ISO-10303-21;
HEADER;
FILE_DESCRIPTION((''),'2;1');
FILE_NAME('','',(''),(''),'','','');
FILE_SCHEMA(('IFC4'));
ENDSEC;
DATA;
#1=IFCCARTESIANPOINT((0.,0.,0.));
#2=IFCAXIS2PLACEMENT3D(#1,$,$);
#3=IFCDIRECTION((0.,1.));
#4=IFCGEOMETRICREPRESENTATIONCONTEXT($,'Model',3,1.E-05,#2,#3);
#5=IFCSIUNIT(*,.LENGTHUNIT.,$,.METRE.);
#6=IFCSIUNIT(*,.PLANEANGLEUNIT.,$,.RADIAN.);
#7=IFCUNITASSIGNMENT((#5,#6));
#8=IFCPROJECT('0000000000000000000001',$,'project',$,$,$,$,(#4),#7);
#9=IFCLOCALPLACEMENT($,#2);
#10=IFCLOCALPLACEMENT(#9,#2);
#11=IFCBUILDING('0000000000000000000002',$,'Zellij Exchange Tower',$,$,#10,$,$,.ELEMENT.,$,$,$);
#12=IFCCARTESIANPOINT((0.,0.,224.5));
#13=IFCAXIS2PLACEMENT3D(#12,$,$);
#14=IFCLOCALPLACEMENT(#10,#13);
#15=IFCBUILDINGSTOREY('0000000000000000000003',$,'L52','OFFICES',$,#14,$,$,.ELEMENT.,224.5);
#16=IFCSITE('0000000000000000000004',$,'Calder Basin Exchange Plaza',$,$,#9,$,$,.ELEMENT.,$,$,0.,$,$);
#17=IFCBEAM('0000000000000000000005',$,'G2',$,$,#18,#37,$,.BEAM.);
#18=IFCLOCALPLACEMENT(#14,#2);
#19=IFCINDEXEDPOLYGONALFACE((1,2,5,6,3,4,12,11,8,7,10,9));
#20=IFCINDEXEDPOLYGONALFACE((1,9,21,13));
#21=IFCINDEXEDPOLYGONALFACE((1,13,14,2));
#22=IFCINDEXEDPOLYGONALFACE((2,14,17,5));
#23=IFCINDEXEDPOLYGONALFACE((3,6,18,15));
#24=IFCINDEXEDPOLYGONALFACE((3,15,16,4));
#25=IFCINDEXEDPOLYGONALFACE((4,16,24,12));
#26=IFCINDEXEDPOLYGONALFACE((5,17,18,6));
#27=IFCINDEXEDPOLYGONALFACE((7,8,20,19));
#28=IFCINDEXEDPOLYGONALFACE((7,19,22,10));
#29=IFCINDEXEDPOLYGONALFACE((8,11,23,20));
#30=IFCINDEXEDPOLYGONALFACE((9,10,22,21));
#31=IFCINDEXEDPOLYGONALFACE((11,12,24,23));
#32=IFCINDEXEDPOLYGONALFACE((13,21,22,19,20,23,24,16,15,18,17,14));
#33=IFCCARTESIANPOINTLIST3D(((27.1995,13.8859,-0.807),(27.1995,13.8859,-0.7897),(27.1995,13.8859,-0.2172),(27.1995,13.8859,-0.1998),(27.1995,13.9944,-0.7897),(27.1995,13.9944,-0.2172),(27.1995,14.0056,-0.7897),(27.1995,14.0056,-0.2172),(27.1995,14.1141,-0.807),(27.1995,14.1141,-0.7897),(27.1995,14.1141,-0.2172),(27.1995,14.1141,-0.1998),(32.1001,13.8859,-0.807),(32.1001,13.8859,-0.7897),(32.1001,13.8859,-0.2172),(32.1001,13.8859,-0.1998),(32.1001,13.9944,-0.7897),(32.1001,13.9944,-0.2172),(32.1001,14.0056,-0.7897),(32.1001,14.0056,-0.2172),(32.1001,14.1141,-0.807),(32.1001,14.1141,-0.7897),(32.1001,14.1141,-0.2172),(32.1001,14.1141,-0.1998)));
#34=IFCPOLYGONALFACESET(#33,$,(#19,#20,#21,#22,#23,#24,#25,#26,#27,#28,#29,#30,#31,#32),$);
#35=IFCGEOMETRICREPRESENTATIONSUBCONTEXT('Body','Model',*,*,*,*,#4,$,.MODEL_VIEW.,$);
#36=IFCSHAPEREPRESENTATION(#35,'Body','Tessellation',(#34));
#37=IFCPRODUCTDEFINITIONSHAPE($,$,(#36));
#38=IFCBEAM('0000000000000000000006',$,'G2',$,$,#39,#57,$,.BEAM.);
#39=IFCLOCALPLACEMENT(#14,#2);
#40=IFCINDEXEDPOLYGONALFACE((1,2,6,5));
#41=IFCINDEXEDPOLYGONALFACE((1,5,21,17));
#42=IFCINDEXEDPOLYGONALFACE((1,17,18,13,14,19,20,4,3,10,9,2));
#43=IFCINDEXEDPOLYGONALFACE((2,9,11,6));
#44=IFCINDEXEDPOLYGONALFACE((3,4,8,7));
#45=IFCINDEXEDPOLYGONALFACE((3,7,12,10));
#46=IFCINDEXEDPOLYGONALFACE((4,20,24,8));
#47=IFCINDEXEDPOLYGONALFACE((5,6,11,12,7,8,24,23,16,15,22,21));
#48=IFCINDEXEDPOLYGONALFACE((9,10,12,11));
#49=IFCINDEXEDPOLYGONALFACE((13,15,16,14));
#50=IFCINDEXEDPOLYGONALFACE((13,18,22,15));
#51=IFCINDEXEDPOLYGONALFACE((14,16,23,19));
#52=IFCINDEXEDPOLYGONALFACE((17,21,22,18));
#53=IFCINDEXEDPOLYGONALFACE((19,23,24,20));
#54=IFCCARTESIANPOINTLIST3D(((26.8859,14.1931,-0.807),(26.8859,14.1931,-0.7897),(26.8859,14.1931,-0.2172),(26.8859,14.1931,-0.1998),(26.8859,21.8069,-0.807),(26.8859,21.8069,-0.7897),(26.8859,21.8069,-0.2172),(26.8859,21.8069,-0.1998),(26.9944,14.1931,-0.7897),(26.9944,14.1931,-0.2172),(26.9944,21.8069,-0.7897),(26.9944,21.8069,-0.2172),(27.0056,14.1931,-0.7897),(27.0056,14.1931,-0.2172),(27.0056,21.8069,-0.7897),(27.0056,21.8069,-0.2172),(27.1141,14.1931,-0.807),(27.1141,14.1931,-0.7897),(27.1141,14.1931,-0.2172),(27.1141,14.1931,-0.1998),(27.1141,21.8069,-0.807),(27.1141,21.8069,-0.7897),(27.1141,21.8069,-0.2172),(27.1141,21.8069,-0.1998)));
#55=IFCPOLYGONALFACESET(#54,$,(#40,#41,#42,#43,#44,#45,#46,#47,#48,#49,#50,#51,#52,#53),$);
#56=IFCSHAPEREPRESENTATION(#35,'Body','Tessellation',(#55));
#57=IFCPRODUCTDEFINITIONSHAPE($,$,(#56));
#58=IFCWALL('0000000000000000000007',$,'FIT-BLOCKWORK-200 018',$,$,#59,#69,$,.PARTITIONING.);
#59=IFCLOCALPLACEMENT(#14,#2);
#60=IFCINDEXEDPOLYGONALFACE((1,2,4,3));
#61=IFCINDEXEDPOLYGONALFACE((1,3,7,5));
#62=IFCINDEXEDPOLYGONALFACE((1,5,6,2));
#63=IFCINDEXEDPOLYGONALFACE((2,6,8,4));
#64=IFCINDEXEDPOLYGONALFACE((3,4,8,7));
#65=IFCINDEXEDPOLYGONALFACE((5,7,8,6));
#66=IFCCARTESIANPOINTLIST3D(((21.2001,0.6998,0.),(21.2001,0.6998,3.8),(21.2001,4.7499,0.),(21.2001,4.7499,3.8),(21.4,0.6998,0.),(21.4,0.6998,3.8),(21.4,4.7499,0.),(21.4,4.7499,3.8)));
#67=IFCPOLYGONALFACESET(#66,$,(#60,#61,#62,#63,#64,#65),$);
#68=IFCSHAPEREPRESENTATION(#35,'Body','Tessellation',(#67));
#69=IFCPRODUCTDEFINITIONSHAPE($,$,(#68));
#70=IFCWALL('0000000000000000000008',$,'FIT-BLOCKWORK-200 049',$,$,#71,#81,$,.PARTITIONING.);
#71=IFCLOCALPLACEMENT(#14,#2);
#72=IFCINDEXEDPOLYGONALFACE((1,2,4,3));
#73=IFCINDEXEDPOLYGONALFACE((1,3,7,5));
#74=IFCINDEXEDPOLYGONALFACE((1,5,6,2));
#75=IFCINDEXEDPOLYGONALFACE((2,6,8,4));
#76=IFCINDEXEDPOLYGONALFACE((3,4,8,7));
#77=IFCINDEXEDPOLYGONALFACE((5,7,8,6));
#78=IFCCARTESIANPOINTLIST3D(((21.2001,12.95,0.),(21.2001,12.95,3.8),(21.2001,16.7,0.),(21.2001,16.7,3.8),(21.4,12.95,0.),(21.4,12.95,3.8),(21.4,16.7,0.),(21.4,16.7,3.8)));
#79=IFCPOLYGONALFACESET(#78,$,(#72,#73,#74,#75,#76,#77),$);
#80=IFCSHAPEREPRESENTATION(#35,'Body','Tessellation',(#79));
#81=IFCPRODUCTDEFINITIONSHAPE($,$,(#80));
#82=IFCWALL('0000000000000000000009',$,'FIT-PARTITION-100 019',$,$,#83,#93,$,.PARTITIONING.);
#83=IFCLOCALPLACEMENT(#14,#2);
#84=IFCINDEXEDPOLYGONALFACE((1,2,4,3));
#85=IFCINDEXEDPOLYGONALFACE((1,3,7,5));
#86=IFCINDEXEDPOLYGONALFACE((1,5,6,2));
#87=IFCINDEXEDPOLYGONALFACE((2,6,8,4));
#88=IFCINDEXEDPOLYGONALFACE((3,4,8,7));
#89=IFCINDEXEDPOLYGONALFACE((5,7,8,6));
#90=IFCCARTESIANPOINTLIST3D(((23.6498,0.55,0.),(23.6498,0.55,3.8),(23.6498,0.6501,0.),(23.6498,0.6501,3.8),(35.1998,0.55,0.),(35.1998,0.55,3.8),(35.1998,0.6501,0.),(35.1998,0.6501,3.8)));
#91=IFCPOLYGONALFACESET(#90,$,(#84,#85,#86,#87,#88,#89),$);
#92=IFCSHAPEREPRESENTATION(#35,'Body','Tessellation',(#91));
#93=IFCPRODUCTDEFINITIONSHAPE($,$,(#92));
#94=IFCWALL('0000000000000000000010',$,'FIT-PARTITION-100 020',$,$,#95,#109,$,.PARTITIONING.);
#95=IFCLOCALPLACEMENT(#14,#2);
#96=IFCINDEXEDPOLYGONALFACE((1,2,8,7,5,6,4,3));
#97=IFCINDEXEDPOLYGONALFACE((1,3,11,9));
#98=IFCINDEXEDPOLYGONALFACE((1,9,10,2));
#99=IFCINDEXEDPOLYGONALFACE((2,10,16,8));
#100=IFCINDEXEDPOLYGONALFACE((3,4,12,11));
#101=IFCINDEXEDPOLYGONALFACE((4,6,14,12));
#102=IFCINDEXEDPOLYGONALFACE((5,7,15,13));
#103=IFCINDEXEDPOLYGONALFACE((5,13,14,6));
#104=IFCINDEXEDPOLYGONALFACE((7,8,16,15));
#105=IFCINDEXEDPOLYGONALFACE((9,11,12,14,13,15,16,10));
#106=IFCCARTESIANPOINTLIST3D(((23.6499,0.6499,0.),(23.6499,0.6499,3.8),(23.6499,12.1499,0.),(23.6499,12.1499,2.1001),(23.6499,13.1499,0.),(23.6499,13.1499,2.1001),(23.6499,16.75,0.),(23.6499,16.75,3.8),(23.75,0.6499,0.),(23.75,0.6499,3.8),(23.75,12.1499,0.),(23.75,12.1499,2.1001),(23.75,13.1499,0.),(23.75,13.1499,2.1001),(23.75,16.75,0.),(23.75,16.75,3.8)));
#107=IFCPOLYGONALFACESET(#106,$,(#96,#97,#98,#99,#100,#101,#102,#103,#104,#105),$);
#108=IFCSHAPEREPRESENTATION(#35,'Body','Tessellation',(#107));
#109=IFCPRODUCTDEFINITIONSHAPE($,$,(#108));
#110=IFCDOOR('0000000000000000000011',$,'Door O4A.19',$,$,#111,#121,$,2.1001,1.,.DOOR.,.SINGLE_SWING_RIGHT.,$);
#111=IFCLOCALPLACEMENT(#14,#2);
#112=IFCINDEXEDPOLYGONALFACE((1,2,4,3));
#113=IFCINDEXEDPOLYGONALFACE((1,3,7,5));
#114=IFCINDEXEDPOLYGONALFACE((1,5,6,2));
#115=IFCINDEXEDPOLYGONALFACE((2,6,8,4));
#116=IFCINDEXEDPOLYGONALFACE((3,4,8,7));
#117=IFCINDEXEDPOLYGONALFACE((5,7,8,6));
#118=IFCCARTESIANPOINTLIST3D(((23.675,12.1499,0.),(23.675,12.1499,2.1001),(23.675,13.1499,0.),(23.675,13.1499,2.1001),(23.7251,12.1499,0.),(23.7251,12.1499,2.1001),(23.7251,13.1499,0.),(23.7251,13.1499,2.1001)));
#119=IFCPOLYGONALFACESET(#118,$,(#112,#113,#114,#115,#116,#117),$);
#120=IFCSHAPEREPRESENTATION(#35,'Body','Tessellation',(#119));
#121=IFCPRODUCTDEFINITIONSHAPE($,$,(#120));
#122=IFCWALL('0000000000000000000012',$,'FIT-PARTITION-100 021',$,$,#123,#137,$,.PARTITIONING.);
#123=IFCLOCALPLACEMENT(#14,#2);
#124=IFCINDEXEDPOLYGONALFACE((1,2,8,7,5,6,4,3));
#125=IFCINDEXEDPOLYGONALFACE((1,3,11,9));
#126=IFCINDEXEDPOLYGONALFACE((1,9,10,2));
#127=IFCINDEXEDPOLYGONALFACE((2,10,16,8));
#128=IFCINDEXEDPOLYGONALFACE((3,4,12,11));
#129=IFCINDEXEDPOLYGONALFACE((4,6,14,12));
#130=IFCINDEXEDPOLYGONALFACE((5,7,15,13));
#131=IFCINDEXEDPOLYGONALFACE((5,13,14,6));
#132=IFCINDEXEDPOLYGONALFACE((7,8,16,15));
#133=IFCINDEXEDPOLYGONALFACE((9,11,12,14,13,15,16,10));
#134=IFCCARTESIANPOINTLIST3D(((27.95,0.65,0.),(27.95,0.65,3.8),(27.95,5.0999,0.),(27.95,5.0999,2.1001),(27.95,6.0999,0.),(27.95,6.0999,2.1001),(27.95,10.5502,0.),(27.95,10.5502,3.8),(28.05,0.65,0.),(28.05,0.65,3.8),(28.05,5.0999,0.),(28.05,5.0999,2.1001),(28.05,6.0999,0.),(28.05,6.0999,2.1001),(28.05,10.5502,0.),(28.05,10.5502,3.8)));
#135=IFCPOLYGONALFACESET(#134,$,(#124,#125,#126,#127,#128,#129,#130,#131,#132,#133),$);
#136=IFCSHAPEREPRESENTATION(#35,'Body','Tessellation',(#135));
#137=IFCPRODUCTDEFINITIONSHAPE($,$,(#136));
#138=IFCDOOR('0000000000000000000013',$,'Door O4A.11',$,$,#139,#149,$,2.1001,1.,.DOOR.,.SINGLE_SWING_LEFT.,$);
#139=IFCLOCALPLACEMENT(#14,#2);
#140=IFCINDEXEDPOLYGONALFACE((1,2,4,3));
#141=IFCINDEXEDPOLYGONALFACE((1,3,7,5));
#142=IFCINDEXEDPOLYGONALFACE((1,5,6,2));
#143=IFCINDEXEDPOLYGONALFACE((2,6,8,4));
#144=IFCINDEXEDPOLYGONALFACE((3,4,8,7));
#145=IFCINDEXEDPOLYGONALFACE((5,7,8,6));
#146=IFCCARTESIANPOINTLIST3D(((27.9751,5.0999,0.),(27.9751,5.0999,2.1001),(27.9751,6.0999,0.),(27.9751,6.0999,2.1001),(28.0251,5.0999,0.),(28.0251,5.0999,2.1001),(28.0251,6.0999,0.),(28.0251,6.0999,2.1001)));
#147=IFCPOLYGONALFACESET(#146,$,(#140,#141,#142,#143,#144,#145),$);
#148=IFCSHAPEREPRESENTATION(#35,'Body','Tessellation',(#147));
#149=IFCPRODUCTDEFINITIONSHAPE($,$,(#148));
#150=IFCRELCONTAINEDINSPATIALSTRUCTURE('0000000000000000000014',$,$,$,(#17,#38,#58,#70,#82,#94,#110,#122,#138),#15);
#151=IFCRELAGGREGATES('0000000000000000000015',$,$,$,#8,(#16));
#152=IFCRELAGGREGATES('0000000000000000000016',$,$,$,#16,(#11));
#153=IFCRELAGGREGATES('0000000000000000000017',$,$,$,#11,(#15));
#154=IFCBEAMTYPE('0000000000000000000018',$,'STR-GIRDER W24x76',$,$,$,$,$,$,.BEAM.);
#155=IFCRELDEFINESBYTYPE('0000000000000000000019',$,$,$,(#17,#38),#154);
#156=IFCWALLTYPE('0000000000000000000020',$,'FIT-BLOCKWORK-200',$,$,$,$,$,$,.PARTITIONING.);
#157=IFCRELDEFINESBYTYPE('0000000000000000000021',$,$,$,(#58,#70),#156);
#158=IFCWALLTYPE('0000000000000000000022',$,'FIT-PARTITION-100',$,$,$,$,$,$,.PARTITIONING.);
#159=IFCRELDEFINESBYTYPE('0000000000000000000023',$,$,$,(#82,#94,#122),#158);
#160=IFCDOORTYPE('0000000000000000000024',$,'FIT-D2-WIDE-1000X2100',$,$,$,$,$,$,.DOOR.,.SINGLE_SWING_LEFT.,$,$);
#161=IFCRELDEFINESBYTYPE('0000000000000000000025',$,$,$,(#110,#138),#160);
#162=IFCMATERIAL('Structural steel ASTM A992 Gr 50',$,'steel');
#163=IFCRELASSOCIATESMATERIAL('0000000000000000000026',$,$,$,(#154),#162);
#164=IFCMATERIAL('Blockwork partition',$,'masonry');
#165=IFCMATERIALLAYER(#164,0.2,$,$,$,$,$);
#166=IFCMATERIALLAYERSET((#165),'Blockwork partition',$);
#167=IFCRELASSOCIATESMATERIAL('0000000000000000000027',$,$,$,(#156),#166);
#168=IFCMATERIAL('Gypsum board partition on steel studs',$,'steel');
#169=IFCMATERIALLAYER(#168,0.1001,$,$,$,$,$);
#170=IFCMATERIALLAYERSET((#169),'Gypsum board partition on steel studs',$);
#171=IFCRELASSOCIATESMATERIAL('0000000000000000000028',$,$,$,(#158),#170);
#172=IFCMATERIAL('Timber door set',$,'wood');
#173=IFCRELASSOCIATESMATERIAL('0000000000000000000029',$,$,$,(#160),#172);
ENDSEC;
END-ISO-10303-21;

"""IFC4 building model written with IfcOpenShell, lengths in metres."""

from ifc_helpers import new_model, si_unit, direction, frame, frame_2d, origin, origin_2d, place, context, subcontext, project, spatial, rectangle, i_section, extrude, material, layer, layer_set, material_profile, profile_set, type_object, element, fill, save


model = new_model("IFC4")

# Units and contexts
model_context = context("Model", 3, precision=1e-05, world=origin(), true_north=direction((0.0, 1.0)))
body_context = subcontext(model_context, "Body", "Model", "MODEL_VIEW")
ifc_project = project(units=[si_unit("LENGTHUNIT", "METRE"), si_unit("PLANEANGLEUNIT", "RADIAN")], contexts=[model_context])

# Site, building, storey
site_placement = place(None, origin())
site = spatial("IfcSite", under=ifc_project, at=site_placement, Name="Calder Basin Exchange Plaza", CompositionType="ELEMENT", RefElevation=0.0)
building_placement = place(site_placement, origin())
building = spatial("IfcBuilding", under=site, at=building_placement, Name="Zellij Exchange Tower", CompositionType="ELEMENT")
storey_placement = place(building_placement, frame((0.0, 0.0, 224.5)))
storey = spatial("IfcBuildingStorey", under=building, at=storey_placement, Name="L52", Description="OFFICES", CompositionType="ELEMENT", Elevation=224.5)

# Shared definitions
ifc_material_1 = material(Name="Structural steel ASTM A992 Gr 50", Category="steel")

# Beams
ifc_material_profile_1 = material_profile(ifc_material_1, i_section(OverallWidth=0.2283, OverallDepth=0.6072, WebThickness=0.0112, FlangeThickness=0.0173, at=origin_2d()), Name="W24x76")
ifc_profile_set_1 = profile_set([ifc_material_profile_1], Name="Structural steel ASTM A992 Gr 50")
beam_type_1 = type_object("IfcBeamType", Name="STR-GIRDER W24x76", PredefinedType="BEAM", material=ifc_profile_set_1)
beam_1_placement = place(storey_placement, frame((27.1995, 14.0, -0.5034), z_axis=(1.0, 0.0, 0.0), x_axis=(0.0, 1.0, 0.0)))
element("IfcBeam", 1, at=beam_1_placement, inside=storey, type_object=beam_type_1, Name="G2", PredefinedType="BEAM", context=body_context, shape_type="SweptSolid", body=[
    extrude(i_section(OverallWidth=0.2283, OverallDepth=0.6072, WebThickness=0.0112, FlangeThickness=0.0173, at=origin_2d()), origin(), (0.0, 0.0, 1.0), 4.9006),
])
beam_2_placement = place(storey_placement, frame((27.0, 14.1931, -0.5034), z_axis=(0.0, 1.0, 0.0), x_axis=(-1.0, 0.0, 0.0)))
element("IfcBeam", 2, at=beam_2_placement, inside=storey, type_object=beam_type_1, Name="G2", PredefinedType="BEAM", context=body_context, shape_type="SweptSolid", body=[
    extrude(i_section(OverallWidth=0.2283, OverallDepth=0.6072, WebThickness=0.0112, FlangeThickness=0.0173, at=origin_2d()), origin(), (0.0, 0.0, 1.0), 7.6138),
])

# Walls
ifc_material_2 = material(Name="Blockwork partition", Category="masonry")
ifc_layer_1 = layer(ifc_material_2, 0.2)
ifc_layer_set_1 = layer_set([ifc_layer_1], Name="Blockwork partition")
wall_type_1 = type_object("IfcWallType", Name="FIT-BLOCKWORK-200", PredefinedType="PARTITIONING", material=ifc_layer_set_1)
wall_1_placement = place(storey_placement, frame((21.3, 0.7, 0.0), z_axis=(0.0, 0.0, 1.0), x_axis=(0.0, 1.0, 0.0)))
element("IfcWall", 3, at=wall_1_placement, inside=storey, type_object=wall_type_1, Name="FIT-BLOCKWORK-200 018", PredefinedType="PARTITIONING", context=body_context, shape_type="SweptSolid", body=[
    extrude(rectangle(XDim=4.05, YDim=0.2, at=frame_2d((2.0249, 0.0))), origin(), (0.0, 0.0, 1.0), 3.8),
])
wall_2_placement = place(storey_placement, frame((21.3, 12.95, 0.0), z_axis=(0.0, 0.0, 1.0), x_axis=(0.0, 1.0, 0.0)))
element("IfcWall", 4, at=wall_2_placement, inside=storey, type_object=wall_type_1, Name="FIT-BLOCKWORK-200 049", PredefinedType="PARTITIONING", context=body_context, shape_type="SweptSolid", body=[
    extrude(rectangle(XDim=3.75, YDim=0.2, at=frame_2d((1.875, 0.0))), origin(), (0.0, 0.0, 1.0), 3.8),
])
ifc_material_3 = material(Name="Gypsum board partition on steel studs", Category="steel")
ifc_layer_2 = layer(ifc_material_3, 0.1001)
ifc_layer_set_2 = layer_set([ifc_layer_2], Name="Gypsum board partition on steel studs")
wall_type_2 = type_object("IfcWallType", Name="FIT-PARTITION-100", PredefinedType="PARTITIONING", material=ifc_layer_set_2)
wall_3_placement = place(storey_placement, frame((23.6499, 0.6001, 0.0), z_axis=(0.0, 0.0, 1.0), x_axis=(1.0, 0.0, 0.0)))
element("IfcWall", 5, at=wall_3_placement, inside=storey, type_object=wall_type_2, Name="FIT-PARTITION-100 019", PredefinedType="PARTITIONING", context=body_context, shape_type="SweptSolid", body=[
    extrude(rectangle(XDim=11.55, YDim=0.1001, at=frame_2d((5.7749, 0.0))), origin(), (0.0, 0.0, 1.0), 3.8),
])

# Walls, openings, doors
wall_4_placement = place(storey_placement, frame((23.7, 0.6499, 0.0), z_axis=(0.0, 0.0, 1.0), x_axis=(0.0, 1.0, 0.0)))
wall_4 = element("IfcWall", 6, at=wall_4_placement, inside=storey, type_object=wall_type_2, Name="FIT-PARTITION-100 020", PredefinedType="PARTITIONING", context=body_context, shape_type="SweptSolid", body=[
    extrude(rectangle(XDim=16.1001, YDim=0.1001, at=frame_2d((8.05, 0.0))), origin(), (0.0, 0.0, 1.0), 3.8),
])
opening_1_placement = place(wall_4_placement, frame((11.5, 0.0, 0.0)))
opening_1 = element("IfcOpeningElement", 7, at=opening_1_placement, cuts=wall_4, PredefinedType="OPENING", context=body_context, shape_type="SweptSolid", body=[
    extrude(rectangle(XDim=1.0, YDim=2.1001, at=frame_2d((0.5, 1.05))), frame((0.0, 0.062, 0.0), z_axis=(0.0, -1.0, 0.0), x_axis=(1.0, 0.0, 0.0)), (0.0, 0.0, 1.0), 0.124),
])
ifc_material_4 = material(Name="Timber door set", Category="wood")
door_type = type_object("IfcDoorType", Name="FIT-D2-WIDE-1000X2100", OperationType="SINGLE_SWING_LEFT", PredefinedType="DOOR", material=ifc_material_4)
door_1_placement = place(opening_1_placement, origin())
door_1 = element("IfcDoor", 8, at=door_1_placement, inside=storey, type_object=door_type, Name="Door O4A.19", OperationType="SINGLE_SWING_RIGHT", OverallHeight=2.1001, OverallWidth=1.0, PredefinedType="DOOR", context=body_context, shape_type="SweptSolid", body=[
    extrude(rectangle(XDim=1.0, YDim=2.1001, at=frame_2d((0.5, 1.05))), frame((0.0, 0.0249, 0.0), z_axis=(0.0, -1.0, 0.0), x_axis=(1.0, 0.0, 0.0)), (0.0, 0.0, 1.0), 0.05),
])
fill(opening_1, door_1)
wall_5_placement = place(storey_placement, frame((28.0, 0.6499, 0.0), z_axis=(0.0, 0.0, 1.0), x_axis=(0.0, 1.0, 0.0)))
wall_5 = element("IfcWall", 9, at=wall_5_placement, inside=storey, type_object=wall_type_2, Name="FIT-PARTITION-100 021", PredefinedType="PARTITIONING", context=body_context, shape_type="SweptSolid", body=[
    extrude(rectangle(XDim=9.9001, YDim=0.1001, at=frame_2d((4.9502, 0.0))), origin(), (0.0, 0.0, 1.0), 3.8),
])
opening_2_placement = place(wall_5_placement, frame((4.45, 0.0, 0.0)))
opening_2 = element("IfcOpeningElement", 10, at=opening_2_placement, cuts=wall_5, PredefinedType="OPENING", context=body_context, shape_type="SweptSolid", body=[
    extrude(rectangle(XDim=1.0, YDim=2.1001, at=frame_2d((0.5, 1.05))), frame((0.0, 0.062, 0.0), z_axis=(0.0, -1.0, 0.0), x_axis=(1.0, 0.0, 0.0)), (0.0, 0.0, 1.0), 0.124),
])
door_2_placement = place(opening_2_placement, origin())
door_2 = element("IfcDoor", 11, at=door_2_placement, inside=storey, type_object=door_type, Name="Door O4A.11", OperationType="SINGLE_SWING_LEFT", OverallHeight=2.1001, OverallWidth=1.0, PredefinedType="DOOR", context=body_context, shape_type="SweptSolid", body=[
    extrude(rectangle(XDim=1.0, YDim=2.1001, at=frame_2d((0.5, 1.05))), frame((0.0, 0.0249, 0.0), z_axis=(0.0, -1.0, 0.0), x_axis=(1.0, 0.0, 0.0)), (0.0, 0.0, 1.0), 0.05),
])
fill(opening_2, door_2)

save(model, "model.ifc")
